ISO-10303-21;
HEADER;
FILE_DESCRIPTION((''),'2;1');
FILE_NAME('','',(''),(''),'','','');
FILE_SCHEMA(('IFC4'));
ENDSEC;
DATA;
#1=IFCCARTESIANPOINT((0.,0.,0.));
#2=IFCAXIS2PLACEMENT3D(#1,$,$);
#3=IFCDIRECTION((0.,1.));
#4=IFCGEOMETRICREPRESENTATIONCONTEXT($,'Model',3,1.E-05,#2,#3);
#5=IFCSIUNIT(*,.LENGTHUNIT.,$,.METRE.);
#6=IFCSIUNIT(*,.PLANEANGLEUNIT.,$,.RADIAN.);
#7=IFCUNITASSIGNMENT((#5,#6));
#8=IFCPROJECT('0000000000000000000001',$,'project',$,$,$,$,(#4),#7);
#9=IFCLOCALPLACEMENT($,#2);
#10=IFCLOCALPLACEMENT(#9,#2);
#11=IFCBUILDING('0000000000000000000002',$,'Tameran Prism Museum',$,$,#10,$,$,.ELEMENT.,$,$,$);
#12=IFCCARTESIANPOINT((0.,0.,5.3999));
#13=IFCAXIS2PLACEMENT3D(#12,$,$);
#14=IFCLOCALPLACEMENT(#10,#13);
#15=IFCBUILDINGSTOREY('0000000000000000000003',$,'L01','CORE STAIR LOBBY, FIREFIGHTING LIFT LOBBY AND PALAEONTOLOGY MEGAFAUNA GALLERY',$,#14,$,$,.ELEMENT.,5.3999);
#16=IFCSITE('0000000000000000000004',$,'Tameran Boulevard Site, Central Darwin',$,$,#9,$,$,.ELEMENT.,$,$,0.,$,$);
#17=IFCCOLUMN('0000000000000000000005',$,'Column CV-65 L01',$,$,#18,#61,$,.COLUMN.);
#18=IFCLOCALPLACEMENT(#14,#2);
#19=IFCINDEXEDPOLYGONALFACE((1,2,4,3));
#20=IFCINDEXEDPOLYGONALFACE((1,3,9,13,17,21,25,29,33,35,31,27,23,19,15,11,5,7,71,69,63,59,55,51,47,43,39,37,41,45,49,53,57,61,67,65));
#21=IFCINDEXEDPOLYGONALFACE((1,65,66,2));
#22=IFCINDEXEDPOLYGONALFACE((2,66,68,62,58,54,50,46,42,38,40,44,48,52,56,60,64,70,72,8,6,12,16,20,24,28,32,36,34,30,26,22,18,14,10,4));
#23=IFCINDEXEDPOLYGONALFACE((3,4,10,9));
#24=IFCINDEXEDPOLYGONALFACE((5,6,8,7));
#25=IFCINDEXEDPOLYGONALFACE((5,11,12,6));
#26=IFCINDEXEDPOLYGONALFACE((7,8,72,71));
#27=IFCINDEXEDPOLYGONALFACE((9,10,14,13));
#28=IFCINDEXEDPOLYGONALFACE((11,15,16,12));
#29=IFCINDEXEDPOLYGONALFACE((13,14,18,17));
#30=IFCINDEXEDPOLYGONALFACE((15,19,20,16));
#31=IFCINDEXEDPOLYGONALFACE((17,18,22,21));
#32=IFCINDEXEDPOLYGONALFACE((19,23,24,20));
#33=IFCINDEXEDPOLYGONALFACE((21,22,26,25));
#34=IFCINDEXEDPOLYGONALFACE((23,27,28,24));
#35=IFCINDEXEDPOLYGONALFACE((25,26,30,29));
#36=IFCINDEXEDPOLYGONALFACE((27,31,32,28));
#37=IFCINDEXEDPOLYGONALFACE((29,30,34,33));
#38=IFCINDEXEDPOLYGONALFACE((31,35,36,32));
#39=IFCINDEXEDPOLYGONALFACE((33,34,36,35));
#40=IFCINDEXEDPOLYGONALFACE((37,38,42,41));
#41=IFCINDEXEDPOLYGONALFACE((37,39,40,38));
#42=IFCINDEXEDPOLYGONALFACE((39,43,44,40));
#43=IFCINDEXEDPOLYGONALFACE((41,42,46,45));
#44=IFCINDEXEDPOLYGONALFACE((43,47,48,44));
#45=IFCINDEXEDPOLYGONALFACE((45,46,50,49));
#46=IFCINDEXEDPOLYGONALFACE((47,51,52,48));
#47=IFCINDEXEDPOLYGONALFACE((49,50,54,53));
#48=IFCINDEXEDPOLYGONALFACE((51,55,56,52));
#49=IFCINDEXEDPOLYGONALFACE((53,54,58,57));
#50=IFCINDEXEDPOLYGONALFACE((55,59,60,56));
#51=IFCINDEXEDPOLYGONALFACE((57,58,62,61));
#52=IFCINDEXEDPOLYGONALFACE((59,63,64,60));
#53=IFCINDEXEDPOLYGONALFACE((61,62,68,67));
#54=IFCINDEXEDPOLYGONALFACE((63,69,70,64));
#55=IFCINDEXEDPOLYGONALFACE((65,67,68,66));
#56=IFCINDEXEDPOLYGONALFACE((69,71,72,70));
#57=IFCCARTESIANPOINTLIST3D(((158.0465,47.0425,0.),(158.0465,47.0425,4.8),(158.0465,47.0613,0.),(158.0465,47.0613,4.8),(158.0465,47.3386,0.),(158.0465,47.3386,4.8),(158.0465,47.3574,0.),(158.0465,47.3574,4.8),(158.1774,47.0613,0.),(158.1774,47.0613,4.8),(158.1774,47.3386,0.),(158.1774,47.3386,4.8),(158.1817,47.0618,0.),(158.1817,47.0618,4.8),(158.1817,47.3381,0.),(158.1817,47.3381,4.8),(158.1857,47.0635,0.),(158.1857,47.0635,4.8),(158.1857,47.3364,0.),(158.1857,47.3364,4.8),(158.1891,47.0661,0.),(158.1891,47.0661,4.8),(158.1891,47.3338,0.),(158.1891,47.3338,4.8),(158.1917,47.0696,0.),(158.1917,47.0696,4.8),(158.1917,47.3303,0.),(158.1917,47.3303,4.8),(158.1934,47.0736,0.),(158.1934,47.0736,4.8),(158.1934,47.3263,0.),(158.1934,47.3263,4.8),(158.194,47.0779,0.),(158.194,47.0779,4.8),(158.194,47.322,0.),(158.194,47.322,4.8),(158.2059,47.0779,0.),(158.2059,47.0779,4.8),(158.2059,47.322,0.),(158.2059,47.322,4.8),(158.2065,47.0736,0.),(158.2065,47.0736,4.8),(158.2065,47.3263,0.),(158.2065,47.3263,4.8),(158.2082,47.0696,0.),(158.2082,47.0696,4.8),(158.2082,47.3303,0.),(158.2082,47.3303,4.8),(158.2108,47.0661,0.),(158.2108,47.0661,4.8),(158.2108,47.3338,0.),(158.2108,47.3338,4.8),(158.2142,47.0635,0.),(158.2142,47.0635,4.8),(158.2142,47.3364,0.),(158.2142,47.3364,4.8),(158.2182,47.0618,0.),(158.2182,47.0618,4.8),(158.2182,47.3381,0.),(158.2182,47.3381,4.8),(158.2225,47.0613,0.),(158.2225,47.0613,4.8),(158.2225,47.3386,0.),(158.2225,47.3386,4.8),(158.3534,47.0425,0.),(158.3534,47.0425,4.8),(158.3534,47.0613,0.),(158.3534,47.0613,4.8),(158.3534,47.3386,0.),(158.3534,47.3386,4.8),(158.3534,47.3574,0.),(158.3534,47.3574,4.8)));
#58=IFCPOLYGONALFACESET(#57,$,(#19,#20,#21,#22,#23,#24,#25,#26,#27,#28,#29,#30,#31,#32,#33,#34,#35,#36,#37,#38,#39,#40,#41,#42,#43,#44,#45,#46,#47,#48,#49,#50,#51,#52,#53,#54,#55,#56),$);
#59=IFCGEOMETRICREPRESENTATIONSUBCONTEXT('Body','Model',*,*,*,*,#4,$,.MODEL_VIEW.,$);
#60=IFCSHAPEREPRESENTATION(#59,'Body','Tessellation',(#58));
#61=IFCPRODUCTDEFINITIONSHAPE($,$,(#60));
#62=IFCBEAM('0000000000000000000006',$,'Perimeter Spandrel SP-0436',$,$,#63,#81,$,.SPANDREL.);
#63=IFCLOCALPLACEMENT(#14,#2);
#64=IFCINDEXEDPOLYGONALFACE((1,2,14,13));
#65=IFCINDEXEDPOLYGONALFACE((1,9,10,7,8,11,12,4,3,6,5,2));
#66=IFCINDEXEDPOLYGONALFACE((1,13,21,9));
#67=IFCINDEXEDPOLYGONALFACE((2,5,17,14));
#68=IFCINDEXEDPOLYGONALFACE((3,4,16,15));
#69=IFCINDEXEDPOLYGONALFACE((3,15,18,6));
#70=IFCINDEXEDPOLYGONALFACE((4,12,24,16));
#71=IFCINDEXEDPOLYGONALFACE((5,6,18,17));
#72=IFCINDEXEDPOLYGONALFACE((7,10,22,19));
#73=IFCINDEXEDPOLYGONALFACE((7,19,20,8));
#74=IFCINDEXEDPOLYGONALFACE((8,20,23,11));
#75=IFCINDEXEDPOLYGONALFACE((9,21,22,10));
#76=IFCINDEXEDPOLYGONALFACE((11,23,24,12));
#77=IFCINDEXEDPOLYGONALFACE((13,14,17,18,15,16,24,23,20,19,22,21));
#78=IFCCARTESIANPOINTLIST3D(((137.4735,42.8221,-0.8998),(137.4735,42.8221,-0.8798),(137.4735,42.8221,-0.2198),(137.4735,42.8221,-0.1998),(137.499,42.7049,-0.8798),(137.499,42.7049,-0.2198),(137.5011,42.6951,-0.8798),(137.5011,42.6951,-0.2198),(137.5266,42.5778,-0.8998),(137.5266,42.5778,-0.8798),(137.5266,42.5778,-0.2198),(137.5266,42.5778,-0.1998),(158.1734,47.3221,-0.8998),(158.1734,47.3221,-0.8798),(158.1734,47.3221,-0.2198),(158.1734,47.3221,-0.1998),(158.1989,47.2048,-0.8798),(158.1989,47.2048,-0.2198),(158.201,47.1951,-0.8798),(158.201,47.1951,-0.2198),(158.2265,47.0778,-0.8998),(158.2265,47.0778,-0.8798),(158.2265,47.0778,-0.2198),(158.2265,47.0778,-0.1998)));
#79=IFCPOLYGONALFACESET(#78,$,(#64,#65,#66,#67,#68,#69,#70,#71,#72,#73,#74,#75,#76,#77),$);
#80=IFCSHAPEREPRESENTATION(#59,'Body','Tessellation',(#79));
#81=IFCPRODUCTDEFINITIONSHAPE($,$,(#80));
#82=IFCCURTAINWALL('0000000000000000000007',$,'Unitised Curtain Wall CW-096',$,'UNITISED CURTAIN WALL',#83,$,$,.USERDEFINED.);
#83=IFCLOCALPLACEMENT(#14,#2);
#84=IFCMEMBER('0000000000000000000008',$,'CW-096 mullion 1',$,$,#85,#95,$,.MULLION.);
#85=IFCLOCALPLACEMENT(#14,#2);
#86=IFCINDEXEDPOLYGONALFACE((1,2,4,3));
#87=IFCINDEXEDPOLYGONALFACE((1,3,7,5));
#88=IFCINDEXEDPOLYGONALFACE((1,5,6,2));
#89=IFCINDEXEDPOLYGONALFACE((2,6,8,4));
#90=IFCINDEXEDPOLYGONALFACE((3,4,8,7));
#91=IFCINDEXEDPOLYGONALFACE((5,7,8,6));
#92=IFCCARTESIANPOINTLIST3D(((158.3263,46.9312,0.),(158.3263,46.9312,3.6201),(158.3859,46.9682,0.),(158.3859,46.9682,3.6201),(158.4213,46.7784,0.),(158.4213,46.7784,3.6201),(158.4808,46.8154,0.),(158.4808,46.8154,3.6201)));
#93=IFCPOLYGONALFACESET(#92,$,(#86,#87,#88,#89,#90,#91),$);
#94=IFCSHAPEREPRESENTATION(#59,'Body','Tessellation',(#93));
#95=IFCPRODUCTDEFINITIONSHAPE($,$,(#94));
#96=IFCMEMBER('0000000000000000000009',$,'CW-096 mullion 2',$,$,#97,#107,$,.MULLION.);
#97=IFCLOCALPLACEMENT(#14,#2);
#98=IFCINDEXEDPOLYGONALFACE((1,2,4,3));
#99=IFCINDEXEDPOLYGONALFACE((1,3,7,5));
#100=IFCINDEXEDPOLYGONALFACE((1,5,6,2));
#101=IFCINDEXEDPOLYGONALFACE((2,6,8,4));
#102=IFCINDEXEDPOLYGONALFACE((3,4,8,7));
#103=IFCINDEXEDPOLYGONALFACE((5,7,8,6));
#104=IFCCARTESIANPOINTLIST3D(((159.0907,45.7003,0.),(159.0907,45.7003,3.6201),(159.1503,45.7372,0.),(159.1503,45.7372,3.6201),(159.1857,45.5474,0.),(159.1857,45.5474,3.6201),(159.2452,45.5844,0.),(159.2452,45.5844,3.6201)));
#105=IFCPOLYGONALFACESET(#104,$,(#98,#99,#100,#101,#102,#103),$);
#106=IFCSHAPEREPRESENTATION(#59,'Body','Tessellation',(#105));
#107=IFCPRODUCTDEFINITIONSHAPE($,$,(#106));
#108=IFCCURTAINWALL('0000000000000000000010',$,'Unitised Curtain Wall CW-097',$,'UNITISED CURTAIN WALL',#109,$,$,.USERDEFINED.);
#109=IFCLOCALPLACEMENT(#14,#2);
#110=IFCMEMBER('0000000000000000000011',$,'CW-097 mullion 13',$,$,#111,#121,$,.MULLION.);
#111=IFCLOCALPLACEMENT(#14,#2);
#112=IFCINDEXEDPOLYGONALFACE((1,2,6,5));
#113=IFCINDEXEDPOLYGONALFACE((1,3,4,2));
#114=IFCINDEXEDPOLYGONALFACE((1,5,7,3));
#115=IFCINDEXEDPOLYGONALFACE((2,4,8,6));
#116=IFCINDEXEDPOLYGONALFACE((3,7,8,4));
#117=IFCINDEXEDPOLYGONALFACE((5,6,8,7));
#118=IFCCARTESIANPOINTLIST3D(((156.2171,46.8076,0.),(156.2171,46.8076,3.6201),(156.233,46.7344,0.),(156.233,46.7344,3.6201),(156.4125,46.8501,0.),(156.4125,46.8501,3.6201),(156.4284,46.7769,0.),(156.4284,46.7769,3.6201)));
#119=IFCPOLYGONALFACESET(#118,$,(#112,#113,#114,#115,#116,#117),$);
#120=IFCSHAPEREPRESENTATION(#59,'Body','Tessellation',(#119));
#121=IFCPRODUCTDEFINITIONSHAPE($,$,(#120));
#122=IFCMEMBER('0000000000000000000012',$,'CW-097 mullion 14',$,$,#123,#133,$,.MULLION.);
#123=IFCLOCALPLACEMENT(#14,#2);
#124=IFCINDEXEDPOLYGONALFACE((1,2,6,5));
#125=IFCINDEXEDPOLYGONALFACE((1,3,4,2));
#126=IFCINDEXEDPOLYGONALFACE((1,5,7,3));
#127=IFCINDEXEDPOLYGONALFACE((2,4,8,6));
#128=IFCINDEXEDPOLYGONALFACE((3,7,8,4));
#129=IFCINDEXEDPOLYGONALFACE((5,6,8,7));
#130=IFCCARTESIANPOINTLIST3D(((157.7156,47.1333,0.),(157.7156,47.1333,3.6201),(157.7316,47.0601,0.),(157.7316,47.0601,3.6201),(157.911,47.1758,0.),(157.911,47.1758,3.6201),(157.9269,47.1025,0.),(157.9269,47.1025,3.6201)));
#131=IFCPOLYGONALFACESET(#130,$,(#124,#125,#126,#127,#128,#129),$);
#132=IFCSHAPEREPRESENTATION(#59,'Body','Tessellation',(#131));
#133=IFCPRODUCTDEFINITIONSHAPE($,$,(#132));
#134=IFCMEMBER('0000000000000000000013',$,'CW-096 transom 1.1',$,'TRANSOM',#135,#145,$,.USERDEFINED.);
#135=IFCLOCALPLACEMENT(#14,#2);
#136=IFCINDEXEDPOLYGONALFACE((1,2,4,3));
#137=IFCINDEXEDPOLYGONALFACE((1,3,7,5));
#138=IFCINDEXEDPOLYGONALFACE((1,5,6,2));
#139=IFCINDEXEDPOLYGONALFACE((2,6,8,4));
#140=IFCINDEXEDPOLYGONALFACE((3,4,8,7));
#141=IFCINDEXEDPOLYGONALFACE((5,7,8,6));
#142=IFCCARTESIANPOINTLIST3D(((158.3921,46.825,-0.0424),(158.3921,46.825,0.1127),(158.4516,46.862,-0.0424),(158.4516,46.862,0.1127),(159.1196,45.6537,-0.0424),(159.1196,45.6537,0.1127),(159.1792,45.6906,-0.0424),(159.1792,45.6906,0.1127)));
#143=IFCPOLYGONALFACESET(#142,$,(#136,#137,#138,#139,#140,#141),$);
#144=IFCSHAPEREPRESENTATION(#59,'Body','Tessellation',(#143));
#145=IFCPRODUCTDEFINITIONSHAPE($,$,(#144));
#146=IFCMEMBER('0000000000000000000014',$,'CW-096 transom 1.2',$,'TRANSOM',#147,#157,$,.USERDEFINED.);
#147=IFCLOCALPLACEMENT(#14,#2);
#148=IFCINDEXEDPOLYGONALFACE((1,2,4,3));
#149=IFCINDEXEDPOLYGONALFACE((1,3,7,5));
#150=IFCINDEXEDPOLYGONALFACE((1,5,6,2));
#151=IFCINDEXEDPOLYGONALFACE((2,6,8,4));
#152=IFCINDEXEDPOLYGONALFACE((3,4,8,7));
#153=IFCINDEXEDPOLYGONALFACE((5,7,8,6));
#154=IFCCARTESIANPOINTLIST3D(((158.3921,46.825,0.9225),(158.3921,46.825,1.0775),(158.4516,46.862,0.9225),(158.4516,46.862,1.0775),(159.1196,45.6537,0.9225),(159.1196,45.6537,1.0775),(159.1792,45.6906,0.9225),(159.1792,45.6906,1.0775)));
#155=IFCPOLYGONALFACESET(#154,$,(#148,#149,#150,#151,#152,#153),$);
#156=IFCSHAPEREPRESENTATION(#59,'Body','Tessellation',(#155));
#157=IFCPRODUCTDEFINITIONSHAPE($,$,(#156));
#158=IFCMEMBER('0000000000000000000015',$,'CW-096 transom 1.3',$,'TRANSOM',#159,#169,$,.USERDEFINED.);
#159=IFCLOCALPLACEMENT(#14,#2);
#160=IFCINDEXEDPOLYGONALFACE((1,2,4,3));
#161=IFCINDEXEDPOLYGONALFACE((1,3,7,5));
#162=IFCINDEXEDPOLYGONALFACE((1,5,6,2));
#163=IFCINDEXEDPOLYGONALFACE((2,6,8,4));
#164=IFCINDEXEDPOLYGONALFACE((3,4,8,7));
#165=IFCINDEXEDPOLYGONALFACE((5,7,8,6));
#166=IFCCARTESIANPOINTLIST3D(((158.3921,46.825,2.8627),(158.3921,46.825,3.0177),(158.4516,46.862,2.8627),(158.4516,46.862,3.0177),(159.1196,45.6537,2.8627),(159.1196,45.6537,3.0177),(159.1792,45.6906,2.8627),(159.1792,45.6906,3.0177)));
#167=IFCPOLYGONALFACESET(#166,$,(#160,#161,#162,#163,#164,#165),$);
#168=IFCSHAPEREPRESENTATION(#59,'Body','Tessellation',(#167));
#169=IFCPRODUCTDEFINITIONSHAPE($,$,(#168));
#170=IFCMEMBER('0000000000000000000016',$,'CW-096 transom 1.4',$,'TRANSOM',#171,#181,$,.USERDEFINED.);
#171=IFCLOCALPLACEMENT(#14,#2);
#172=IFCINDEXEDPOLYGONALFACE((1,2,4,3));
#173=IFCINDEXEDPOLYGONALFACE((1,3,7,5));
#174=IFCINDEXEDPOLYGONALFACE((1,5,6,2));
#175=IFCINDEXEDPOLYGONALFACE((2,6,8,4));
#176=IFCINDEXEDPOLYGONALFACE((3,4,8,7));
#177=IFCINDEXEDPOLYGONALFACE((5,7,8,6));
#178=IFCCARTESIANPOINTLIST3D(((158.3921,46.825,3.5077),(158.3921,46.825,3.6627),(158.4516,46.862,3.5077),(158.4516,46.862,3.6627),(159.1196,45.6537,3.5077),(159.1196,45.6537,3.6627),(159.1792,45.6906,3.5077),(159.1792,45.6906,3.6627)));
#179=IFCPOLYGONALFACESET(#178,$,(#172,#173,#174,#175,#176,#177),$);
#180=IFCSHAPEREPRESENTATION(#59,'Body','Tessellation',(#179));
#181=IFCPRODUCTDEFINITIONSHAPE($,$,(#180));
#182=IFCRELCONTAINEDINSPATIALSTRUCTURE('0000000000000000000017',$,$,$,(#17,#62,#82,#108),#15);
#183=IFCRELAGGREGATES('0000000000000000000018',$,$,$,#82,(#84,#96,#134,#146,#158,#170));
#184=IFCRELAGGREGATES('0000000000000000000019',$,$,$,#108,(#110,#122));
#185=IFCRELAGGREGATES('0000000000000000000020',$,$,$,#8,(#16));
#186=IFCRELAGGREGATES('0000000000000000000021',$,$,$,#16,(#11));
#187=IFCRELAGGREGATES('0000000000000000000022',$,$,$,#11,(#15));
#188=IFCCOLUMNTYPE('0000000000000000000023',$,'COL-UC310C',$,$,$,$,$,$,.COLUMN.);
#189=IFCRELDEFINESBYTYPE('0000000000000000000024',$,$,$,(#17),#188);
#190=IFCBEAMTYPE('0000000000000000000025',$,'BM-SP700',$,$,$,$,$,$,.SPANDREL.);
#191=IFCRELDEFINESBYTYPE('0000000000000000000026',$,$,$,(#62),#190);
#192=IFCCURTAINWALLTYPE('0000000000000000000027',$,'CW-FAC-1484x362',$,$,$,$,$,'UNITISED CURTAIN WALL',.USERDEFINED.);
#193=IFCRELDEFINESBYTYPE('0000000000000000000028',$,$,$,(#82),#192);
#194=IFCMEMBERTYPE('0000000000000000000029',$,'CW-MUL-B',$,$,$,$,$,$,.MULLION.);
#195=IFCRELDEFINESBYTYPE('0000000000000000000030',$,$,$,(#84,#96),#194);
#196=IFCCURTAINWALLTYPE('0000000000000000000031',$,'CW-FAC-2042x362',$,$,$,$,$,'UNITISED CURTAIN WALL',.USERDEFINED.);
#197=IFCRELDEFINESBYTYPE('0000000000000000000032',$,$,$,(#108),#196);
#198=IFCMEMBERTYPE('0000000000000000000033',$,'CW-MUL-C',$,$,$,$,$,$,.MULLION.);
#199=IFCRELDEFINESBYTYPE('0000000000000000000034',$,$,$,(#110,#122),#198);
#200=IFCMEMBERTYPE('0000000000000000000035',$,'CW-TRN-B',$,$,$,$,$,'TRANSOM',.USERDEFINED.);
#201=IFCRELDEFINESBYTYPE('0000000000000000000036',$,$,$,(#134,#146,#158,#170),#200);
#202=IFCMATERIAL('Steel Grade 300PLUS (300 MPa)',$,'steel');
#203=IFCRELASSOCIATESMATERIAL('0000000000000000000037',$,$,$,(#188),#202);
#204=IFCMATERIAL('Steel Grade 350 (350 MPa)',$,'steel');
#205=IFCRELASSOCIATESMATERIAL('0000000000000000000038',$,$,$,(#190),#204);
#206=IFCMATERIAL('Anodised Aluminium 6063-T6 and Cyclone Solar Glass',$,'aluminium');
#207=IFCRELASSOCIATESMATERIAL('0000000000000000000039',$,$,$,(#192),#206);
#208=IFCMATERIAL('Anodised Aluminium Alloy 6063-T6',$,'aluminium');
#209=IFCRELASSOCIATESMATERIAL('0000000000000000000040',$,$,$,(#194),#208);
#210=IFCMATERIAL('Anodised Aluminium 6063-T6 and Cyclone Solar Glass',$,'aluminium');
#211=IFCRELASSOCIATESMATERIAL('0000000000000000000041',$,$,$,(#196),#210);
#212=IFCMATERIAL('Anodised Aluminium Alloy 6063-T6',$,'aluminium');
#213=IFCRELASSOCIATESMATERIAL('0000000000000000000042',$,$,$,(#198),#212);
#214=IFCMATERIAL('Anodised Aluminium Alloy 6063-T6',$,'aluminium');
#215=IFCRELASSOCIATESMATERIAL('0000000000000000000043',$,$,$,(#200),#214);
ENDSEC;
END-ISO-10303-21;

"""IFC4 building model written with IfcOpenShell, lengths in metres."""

from ifc_helpers import new_model, si_unit, direction, frame, origin, origin_2d, place, context, subcontext, project, spatial, rectangle, i_section, extrude, material, material_profile, profile_set, type_object, element, aggregate, save


model = new_model("IFC4")

# Units and contexts
model_context = context("Model", 3, precision=1e-05, world=origin(), true_north=direction((0.0, 1.0)))
body_context = subcontext(model_context, "Body", "Model", "MODEL_VIEW")
ifc_project = project(units=[si_unit("LENGTHUNIT", "METRE"), si_unit("PLANEANGLEUNIT", "RADIAN")], contexts=[model_context])

# Site, building, storey
site_placement = place(None, origin())
site = spatial("IfcSite", under=ifc_project, at=site_placement, Name="Tameran Boulevard Site, Central Darwin", CompositionType="ELEMENT", RefElevation=0.0)
building_placement = place(site_placement, origin())
building = spatial("IfcBuilding", under=site, at=building_placement, Name="Tameran Prism Museum", CompositionType="ELEMENT")
storey_placement = place(building_placement, frame((0.0, 0.0, 5.3999)))
storey = spatial("IfcBuildingStorey", under=building, at=storey_placement, Name="L01", Description="CORE STAIR LOBBY, FIREFIGHTING LIFT LOBBY AND PALAEONTOLOGY MEGAFAUNA GALLERY", CompositionType="ELEMENT", Elevation=5.3999)

# Column
ifc_material_1 = material(Name="Steel Grade 300PLUS (300 MPa)", Category="steel")
ifc_material_profile_1 = material_profile(ifc_material_1, i_section(OverallWidth=0.3069, OverallDepth=0.3149, WebThickness=0.012, FlangeThickness=0.0188, FilletRadius=0.0166, at=origin_2d()))
ifc_profile_set_1 = profile_set([ifc_material_profile_1])
column_type = type_object("IfcColumnType", Name="COL-UC310C", PredefinedType="COLUMN", material=ifc_profile_set_1)
column_placement = place(storey_placement, frame((158.2, 47.2, 0.0), z_axis=(0.0, 0.0, 1.0), x_axis=(1.0, 0.0, 0.0)))
element("IfcColumn", 1, at=column_placement, inside=storey, type_object=column_type, Name="Column CV-65 L01", PredefinedType="COLUMN", context=body_context, shape_type="SweptSolid", body=[
    extrude(i_section(OverallWidth=0.3069, OverallDepth=0.3149, WebThickness=0.012, FlangeThickness=0.0188, FilletRadius=0.0166, at=origin_2d()), origin(), (0.0, 0.0, 1.0), 4.8),
])

# Beam
ifc_material_2 = material(Name="Steel Grade 350 (350 MPa)", Category="steel")
ifc_material_profile_2 = material_profile(ifc_material_2, i_section(OverallWidth=0.25, OverallDepth=0.7, WebThickness=0.01, FlangeThickness=0.02, at=origin_2d()))
ifc_profile_set_2 = profile_set([ifc_material_profile_2])
beam_type = type_object("IfcBeamType", Name="BM-SP700", PredefinedType="SPANDREL", material=ifc_profile_set_2)
beam_placement = place(storey_placement, frame((158.2, 47.2, -0.5498), z_axis=(-0.977176, -0.21243, 0.0), x_axis=(0.21243, -0.977176, 0.0)))
element("IfcBeam", 2, at=beam_placement, inside=storey, type_object=beam_type, Name="Perimeter Spandrel SP-0436", PredefinedType="SPANDREL", context=body_context, shape_type="SweptSolid", body=[
    extrude(i_section(OverallWidth=0.25, OverallDepth=0.7, WebThickness=0.01, FlangeThickness=0.02, at=origin_2d()), origin(), (0.0, 0.0, 1.0), 21.1833),
])

# Curtain walls, members
ifc_material_3 = material(Name="Anodised Aluminium 6063-T6 and Cyclone Solar Glass", Category="aluminium")
curtain_wall_type_1 = type_object("IfcCurtainWallType", Name="CW-FAC-1484x362", ElementType="UNITISED CURTAIN WALL", PredefinedType="USERDEFINED", material=ifc_material_3)
curtain_wall_1_placement = place(storey_placement, origin())
curtain_wall_1 = element("IfcCurtainWall", 3, at=curtain_wall_1_placement, inside=storey, type_object=curtain_wall_type_1, Name="Unitised Curtain Wall CW-096", ObjectType="UNITISED CURTAIN WALL", PredefinedType="USERDEFINED")
ifc_material_4 = material(Name="Anodised Aluminium Alloy 6063-T6", Category="aluminium")
ifc_material_profile_3 = material_profile(ifc_material_4, rectangle(XDim=0.0701, YDim=0.1799, at=origin_2d()))
ifc_profile_set_3 = profile_set([ifc_material_profile_3])
member_type_1 = type_object("IfcMemberType", Name="CW-MUL-B", PredefinedType="MULLION", material=ifc_profile_set_3)
member_1_placement = place(storey_placement, frame((158.4036, 46.8733, 0.0), z_axis=(0.0, 0.0, 1.0), x_axis=(0.849471, 0.527635, 0.0)))
member_1 = element("IfcMember", 4, at=member_1_placement, type_object=member_type_1, Name="CW-096 mullion 1", PredefinedType="MULLION", context=body_context, shape_type="SweptSolid", body=[
    extrude(rectangle(XDim=0.0701, YDim=0.1799, at=origin_2d()), origin(), (0.0, 0.0, 1.0), 3.6201),
])
member_2_placement = place(storey_placement, frame((159.168, 45.6423, 0.0), z_axis=(0.0, 0.0, 1.0), x_axis=(0.849471, 0.527635, 0.0)))
member_2 = element("IfcMember", 5, at=member_2_placement, type_object=member_type_1, Name="CW-096 mullion 2", PredefinedType="MULLION", context=body_context, shape_type="SweptSolid", body=[
    extrude(rectangle(XDim=0.0701, YDim=0.1799, at=origin_2d()), origin(), (0.0, 0.0, 1.0), 3.6201),
])
ifc_material_5 = material(Name="Anodised Aluminium 6063-T6 and Cyclone Solar Glass", Category="aluminium")
curtain_wall_type_2 = type_object("IfcCurtainWallType", Name="CW-FAC-2042x362", ElementType="UNITISED CURTAIN WALL", PredefinedType="USERDEFINED", material=ifc_material_5)
curtain_wall_2_placement = place(storey_placement, origin())
curtain_wall_2 = element("IfcCurtainWall", 6, at=curtain_wall_2_placement, inside=storey, type_object=curtain_wall_type_2, Name="Unitised Curtain Wall CW-097", ObjectType="UNITISED CURTAIN WALL", PredefinedType="USERDEFINED")
ifc_material_6 = material(Name="Anodised Aluminium Alloy 6063-T6", Category="aluminium")
ifc_material_profile_4 = material_profile(ifc_material_6, rectangle(XDim=0.075, YDim=0.2, at=origin_2d()))
ifc_profile_set_4 = profile_set([ifc_material_profile_4])
member_type_2 = type_object("IfcMemberType", Name="CW-MUL-C", PredefinedType="MULLION", material=ifc_profile_set_4)
member_3_placement = place(storey_placement, frame((156.3228, 46.7922, 0.0), z_axis=(0.0, 0.0, 1.0), x_axis=(-0.212454, 0.977171, 0.0)))
member_3 = element("IfcMember", 7, at=member_3_placement, type_object=member_type_2, Name="CW-097 mullion 13", PredefinedType="MULLION", context=body_context, shape_type="SweptSolid", body=[
    extrude(rectangle(XDim=0.075, YDim=0.2, at=origin_2d()), origin(), (0.0, 0.0, 1.0), 3.6201),
])
member_4_placement = place(storey_placement, frame((157.8213, 47.1179, 0.0), z_axis=(0.0, 0.0, 1.0), x_axis=(-0.212454, 0.977171, 0.0)))
member_4 = element("IfcMember", 8, at=member_4_placement, type_object=member_type_2, Name="CW-097 mullion 14", PredefinedType="MULLION", context=body_context, shape_type="SweptSolid", body=[
    extrude(rectangle(XDim=0.075, YDim=0.2, at=origin_2d()), origin(), (0.0, 0.0, 1.0), 3.6201),
])

# Members
ifc_material_7 = material(Name="Anodised Aluminium Alloy 6063-T6", Category="aluminium")
ifc_material_profile_5 = material_profile(ifc_material_7, rectangle(XDim=0.0701, YDim=0.155, at=origin_2d()))
ifc_profile_set_5 = profile_set([ifc_material_profile_5])
member_type_3 = type_object("IfcMemberType", Name="CW-TRN-B", ElementType="TRANSOM", PredefinedType="USERDEFINED", material=ifc_profile_set_5)
member_5_placement = place(storey_placement, frame((158.4219, 46.8435, 0.0352), z_axis=(0.52761, -0.849487, 0.0), x_axis=(0.849487, 0.52761, 0.0)))
member_5 = element("IfcMember", 9, at=member_5_placement, type_object=member_type_3, Name="CW-096 transom 1.1", ObjectType="TRANSOM", PredefinedType="USERDEFINED", context=body_context, shape_type="SweptSolid", body=[
    extrude(rectangle(XDim=0.0701, YDim=0.155, at=origin_2d()), origin(), (0.0, 0.0, 1.0), 1.3789),
])
member_6_placement = place(storey_placement, frame((158.4219, 46.8435, 1.0), z_axis=(0.52761, -0.849487, 0.0), x_axis=(0.849487, 0.52761, 0.0)))
member_6 = element("IfcMember", 10, at=member_6_placement, type_object=member_type_3, Name="CW-096 transom 1.2", ObjectType="TRANSOM", PredefinedType="USERDEFINED", context=body_context, shape_type="SweptSolid", body=[
    extrude(rectangle(XDim=0.0701, YDim=0.155, at=origin_2d()), origin(), (0.0, 0.0, 1.0), 1.3789),
])
member_7_placement = place(storey_placement, frame((158.4219, 46.8435, 2.9402), z_axis=(0.52761, -0.849487, 0.0), x_axis=(0.849487, 0.52761, 0.0)))
member_7 = element("IfcMember", 11, at=member_7_placement, type_object=member_type_3, Name="CW-096 transom 1.3", ObjectType="TRANSOM", PredefinedType="USERDEFINED", context=body_context, shape_type="SweptSolid", body=[
    extrude(rectangle(XDim=0.0701, YDim=0.155, at=origin_2d()), origin(), (0.0, 0.0, 1.0), 1.3789),
])
member_8_placement = place(storey_placement, frame((158.4219, 46.8435, 3.5852), z_axis=(0.52761, -0.849487, 0.0), x_axis=(0.849487, 0.52761, 0.0)))
member_8 = element("IfcMember", 12, at=member_8_placement, type_object=member_type_3, Name="CW-096 transom 1.4", ObjectType="TRANSOM", PredefinedType="USERDEFINED", context=body_context, shape_type="SweptSolid", body=[
    extrude(rectangle(XDim=0.0701, YDim=0.155, at=origin_2d()), origin(), (0.0, 0.0, 1.0), 1.3789),
])

aggregate(curtain_wall_1, [member_1, member_2, member_5, member_6, member_7, member_8])
aggregate(curtain_wall_2, [member_3, member_4])

save(model, "model.ifc")
